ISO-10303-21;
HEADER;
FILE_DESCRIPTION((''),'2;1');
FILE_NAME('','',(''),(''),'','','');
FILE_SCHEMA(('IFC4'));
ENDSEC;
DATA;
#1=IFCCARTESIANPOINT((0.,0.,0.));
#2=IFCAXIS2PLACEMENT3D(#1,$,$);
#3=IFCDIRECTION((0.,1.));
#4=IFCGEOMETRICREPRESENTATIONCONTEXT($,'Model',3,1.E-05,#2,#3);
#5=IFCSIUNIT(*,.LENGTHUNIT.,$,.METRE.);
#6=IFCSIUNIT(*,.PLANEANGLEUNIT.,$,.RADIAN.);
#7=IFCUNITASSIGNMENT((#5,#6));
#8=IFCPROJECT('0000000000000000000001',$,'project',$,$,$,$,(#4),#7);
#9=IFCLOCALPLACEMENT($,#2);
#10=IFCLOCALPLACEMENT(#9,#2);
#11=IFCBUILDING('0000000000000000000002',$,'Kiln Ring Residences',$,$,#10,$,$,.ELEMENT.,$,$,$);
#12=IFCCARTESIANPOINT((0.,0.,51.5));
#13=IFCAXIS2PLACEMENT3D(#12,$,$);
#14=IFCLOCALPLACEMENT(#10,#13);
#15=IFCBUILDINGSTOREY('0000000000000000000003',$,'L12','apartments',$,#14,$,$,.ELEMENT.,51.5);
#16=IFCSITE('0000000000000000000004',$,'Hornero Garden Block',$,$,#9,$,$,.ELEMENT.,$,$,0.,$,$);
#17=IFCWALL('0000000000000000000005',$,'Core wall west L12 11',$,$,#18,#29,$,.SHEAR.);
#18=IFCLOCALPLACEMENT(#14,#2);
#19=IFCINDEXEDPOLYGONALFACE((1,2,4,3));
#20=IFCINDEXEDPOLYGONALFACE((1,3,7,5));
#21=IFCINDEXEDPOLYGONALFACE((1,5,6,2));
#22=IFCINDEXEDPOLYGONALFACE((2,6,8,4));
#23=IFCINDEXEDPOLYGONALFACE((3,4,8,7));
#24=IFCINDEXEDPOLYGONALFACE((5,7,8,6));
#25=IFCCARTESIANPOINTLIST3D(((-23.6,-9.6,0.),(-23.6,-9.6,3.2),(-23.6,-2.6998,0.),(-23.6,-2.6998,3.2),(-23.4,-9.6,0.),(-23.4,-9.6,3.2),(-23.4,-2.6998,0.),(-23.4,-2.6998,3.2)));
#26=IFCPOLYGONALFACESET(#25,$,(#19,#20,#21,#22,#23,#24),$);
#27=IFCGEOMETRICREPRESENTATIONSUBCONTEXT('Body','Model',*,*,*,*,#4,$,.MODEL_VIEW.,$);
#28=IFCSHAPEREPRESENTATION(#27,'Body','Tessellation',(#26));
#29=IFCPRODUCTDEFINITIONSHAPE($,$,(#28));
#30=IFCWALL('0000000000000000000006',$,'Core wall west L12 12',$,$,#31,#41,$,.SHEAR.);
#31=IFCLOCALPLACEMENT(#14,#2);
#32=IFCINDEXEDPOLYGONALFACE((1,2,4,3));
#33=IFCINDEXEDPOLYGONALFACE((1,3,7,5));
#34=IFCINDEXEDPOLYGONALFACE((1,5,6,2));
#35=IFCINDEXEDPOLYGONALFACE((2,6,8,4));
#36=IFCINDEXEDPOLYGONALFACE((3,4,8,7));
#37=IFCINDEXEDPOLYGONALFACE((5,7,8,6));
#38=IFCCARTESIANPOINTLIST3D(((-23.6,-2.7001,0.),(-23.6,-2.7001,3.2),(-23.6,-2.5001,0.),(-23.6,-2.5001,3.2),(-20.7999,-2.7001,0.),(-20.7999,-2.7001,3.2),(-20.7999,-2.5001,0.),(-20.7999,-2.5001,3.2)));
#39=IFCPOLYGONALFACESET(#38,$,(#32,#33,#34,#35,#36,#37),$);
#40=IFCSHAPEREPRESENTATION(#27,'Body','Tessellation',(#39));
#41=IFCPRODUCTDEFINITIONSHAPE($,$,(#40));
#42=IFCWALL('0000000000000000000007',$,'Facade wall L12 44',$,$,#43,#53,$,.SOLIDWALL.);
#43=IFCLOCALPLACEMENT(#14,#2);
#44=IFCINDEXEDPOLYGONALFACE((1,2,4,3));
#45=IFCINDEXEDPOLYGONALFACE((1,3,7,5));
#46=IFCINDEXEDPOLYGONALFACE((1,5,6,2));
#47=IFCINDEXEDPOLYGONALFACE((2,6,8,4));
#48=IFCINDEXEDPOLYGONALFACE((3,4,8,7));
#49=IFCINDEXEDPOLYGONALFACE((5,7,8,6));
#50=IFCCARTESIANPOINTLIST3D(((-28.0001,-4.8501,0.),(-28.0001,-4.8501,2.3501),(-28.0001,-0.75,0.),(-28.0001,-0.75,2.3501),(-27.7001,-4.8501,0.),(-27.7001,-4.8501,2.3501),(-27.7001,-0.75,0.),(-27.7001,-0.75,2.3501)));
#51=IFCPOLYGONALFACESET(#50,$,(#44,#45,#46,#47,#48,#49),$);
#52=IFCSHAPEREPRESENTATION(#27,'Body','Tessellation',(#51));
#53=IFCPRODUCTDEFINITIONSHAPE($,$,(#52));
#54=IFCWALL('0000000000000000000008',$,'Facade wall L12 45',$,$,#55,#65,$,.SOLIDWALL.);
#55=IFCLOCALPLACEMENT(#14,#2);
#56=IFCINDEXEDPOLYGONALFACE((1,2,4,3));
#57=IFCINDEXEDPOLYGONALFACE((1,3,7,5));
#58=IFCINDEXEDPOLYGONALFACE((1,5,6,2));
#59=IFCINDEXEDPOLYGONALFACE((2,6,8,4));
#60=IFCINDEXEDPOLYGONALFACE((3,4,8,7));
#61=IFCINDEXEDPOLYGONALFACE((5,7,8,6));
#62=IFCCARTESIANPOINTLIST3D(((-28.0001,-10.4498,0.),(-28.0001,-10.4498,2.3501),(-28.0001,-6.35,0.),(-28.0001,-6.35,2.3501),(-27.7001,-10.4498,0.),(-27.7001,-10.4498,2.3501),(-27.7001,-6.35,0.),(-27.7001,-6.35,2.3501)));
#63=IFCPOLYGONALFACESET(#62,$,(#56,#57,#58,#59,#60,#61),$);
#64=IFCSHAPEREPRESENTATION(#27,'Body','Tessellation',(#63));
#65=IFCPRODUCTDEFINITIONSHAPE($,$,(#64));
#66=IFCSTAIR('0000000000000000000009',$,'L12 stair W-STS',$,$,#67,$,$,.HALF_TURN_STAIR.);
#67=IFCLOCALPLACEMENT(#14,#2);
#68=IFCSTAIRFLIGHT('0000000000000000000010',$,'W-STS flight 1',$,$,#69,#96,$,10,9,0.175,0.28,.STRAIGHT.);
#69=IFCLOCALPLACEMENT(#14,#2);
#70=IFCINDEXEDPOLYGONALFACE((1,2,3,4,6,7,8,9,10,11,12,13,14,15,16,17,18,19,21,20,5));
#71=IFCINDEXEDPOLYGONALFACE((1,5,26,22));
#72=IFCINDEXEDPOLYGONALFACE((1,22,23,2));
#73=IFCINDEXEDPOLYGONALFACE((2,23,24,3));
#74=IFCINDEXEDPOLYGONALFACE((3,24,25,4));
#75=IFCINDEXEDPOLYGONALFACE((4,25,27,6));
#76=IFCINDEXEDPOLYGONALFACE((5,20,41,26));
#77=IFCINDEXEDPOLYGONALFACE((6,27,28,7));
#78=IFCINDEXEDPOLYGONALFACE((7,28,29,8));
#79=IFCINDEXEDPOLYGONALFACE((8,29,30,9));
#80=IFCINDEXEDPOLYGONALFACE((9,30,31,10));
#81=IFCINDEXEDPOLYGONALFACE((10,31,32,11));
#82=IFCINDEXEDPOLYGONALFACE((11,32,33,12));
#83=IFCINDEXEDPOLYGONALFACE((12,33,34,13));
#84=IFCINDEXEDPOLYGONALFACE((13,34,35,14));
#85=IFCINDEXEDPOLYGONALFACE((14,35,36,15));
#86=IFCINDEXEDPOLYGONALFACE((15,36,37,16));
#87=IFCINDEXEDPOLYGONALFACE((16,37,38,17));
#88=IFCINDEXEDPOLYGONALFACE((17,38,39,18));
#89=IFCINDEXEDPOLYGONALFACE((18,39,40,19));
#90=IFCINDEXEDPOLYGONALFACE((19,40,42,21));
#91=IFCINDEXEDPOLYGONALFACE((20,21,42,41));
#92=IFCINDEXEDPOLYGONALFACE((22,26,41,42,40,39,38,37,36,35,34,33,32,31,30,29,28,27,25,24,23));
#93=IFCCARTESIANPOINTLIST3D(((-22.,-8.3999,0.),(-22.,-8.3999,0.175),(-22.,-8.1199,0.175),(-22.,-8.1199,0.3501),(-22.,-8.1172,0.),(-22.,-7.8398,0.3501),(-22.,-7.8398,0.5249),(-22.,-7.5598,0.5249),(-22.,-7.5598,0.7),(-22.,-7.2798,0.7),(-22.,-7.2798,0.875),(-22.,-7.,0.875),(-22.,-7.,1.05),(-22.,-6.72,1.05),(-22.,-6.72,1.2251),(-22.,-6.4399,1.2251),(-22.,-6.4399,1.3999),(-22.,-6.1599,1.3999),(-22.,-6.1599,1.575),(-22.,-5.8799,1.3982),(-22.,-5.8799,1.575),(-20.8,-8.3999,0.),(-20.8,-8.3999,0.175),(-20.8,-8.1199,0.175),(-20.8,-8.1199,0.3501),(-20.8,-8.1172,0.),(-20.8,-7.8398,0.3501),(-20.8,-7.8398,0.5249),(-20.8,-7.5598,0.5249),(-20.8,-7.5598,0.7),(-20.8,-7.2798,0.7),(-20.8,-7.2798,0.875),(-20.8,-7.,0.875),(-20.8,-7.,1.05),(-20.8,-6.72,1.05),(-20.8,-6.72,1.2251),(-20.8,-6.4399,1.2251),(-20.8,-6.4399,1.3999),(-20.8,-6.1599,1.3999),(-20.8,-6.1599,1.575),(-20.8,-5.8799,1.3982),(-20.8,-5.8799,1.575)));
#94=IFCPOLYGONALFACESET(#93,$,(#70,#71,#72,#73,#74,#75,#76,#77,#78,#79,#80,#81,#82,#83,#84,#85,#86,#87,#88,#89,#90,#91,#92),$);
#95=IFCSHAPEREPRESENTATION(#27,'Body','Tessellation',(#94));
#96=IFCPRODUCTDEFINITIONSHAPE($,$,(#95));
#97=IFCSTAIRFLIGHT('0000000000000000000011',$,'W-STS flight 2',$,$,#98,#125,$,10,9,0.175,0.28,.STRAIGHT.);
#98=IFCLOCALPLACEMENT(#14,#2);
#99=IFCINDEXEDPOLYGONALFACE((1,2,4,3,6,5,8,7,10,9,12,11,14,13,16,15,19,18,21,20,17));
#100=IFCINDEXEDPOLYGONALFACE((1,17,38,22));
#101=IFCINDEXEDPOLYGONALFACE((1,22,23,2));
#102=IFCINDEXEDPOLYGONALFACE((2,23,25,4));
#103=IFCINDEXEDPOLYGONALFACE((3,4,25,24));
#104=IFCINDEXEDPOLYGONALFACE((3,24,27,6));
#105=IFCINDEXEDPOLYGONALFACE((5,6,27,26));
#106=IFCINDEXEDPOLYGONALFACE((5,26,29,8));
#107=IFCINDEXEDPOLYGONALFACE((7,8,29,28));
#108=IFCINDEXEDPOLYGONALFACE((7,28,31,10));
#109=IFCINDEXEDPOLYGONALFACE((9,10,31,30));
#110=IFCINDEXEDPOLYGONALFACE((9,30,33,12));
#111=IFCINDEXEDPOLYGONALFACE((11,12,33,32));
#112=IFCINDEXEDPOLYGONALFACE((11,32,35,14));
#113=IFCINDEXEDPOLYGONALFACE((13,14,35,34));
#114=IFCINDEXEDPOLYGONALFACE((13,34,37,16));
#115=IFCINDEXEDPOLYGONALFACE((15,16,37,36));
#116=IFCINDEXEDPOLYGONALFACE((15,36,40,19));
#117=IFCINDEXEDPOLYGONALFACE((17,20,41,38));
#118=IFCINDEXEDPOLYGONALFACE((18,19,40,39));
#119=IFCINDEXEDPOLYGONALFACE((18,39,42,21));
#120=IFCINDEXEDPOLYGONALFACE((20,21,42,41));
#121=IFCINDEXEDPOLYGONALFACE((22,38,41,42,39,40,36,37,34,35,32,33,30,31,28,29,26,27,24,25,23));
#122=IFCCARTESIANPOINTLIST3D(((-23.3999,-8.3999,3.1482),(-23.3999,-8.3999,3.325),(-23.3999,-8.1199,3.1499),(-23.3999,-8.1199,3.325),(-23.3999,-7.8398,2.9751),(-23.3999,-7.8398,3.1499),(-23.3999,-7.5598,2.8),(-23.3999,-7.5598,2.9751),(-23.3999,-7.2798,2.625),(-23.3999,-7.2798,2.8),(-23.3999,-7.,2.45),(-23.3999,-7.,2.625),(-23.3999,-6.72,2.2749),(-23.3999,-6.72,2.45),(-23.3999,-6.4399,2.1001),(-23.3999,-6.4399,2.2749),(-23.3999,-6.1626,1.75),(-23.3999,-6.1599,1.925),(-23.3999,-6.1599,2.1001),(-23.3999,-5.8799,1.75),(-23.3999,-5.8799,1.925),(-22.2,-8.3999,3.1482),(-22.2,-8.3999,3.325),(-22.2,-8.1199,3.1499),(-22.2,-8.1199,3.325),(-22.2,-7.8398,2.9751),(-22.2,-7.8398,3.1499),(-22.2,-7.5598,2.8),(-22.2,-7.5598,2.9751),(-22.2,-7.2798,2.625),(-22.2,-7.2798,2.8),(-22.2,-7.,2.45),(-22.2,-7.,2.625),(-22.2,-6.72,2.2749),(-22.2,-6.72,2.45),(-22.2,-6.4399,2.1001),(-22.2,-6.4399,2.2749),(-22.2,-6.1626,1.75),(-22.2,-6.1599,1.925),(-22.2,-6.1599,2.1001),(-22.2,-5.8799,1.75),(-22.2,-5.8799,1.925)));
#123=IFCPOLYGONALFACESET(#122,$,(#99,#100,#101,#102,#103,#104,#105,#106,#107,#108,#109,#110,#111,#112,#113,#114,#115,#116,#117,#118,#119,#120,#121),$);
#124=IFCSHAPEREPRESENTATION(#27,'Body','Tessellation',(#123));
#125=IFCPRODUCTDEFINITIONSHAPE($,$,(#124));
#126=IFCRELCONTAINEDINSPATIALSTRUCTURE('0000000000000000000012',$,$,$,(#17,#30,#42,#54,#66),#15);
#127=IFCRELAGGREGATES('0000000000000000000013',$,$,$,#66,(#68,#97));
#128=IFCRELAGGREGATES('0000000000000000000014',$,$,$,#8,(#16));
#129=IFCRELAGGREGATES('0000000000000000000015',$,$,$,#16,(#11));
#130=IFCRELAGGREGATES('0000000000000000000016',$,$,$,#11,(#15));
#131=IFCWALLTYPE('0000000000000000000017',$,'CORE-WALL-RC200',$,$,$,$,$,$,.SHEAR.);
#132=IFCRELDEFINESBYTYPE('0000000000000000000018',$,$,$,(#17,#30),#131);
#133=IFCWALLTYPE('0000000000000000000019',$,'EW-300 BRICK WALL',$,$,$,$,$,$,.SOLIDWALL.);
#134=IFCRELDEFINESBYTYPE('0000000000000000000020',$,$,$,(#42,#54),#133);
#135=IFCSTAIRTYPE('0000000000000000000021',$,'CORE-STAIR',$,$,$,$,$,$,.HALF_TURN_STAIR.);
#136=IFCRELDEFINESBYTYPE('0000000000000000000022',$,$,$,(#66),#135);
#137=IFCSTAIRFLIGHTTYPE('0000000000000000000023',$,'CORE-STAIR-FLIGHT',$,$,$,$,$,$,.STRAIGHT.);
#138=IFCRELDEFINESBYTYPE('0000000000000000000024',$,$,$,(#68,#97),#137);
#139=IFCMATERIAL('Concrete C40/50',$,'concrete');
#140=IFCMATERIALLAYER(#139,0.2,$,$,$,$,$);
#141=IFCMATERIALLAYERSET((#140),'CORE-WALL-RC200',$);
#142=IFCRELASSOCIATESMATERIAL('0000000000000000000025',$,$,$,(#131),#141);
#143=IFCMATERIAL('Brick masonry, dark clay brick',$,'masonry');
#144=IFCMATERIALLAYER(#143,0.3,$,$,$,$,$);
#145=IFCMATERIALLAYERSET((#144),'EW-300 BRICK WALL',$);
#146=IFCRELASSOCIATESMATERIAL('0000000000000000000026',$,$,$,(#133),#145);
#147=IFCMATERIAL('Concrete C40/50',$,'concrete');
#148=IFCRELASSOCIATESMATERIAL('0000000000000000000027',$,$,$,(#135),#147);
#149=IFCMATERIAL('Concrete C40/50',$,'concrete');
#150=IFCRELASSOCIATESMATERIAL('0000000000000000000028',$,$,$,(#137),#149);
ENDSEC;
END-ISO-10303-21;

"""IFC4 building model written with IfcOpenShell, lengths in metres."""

from ifc_helpers import new_model, si_unit, direction, frame, frame_2d, origin, place, context, subcontext, project, spatial, polyline, rectangle, outline, extrude, material, layer, layer_set, type_object, element, aggregate, save


model = new_model("IFC4")

# Units and contexts
model_context = context("Model", 3, precision=1e-05, world=origin(), true_north=direction((0.0, 1.0)))
body_context = subcontext(model_context, "Body", "Model", "MODEL_VIEW")
ifc_project = project(units=[si_unit("LENGTHUNIT", "METRE"), si_unit("PLANEANGLEUNIT", "RADIAN")], contexts=[model_context])

# Site, building, storey
site_placement = place(None, origin())
site = spatial("IfcSite", under=ifc_project, at=site_placement, Name="Hornero Garden Block", CompositionType="ELEMENT", RefElevation=0.0)
building_placement = place(site_placement, origin())
building = spatial("IfcBuilding", under=site, at=building_placement, Name="Kiln Ring Residences", CompositionType="ELEMENT")
storey_placement = place(building_placement, frame((0.0, 0.0, 51.5)))
storey = spatial("IfcBuildingStorey", under=building, at=storey_placement, Name="L12", Description="apartments", CompositionType="ELEMENT", Elevation=51.5)

# Shared definitions
ifc_material_1 = material(Name="Concrete C40/50", Category="concrete")
ifc_layer_1 = layer(ifc_material_1, 0.2)
ifc_layer_set_1 = layer_set([ifc_layer_1], Name="CORE-WALL-RC200")
wall_type_1 = type_object("IfcWallType", Name="CORE-WALL-RC200", PredefinedType="SHEAR", material=ifc_layer_set_1)

# Walls
wall_1_placement = place(storey_placement, frame((-23.5, -9.6001, 0.0), z_axis=(0.0, 0.0, 1.0), x_axis=(0.0, 1.0, 0.0)))
element("IfcWall", 1, at=wall_1_placement, inside=storey, type_object=wall_type_1, Name="Core wall west L12 11", PredefinedType="SHEAR", context=body_context, shape_type="SweptSolid", body=[
    extrude(rectangle(XDim=6.9001, YDim=0.2, at=frame_2d((3.4502, 0.0))), origin(), (0.0, 0.0, 1.0), 3.2),
])
wall_2_placement = place(storey_placement, frame((-20.8, -2.6001, 0.0), z_axis=(0.0, 0.0, 1.0), x_axis=(-1.0, 0.0, 0.0)))
element("IfcWall", 2, at=wall_2_placement, inside=storey, type_object=wall_type_1, Name="Core wall west L12 12", PredefinedType="SHEAR", context=body_context, shape_type="SweptSolid", body=[
    extrude(rectangle(XDim=2.8, YDim=0.2, at=frame_2d((1.3999, 0.0))), origin(), (0.0, 0.0, 1.0), 3.2),
])
ifc_material_2 = material(Name="Brick masonry, dark clay brick", Category="masonry")
ifc_layer_2 = layer(ifc_material_2, 0.3)
ifc_layer_set_2 = layer_set([ifc_layer_2], Name="EW-300 BRICK WALL")
wall_type_2 = type_object("IfcWallType", Name="EW-300 BRICK WALL", PredefinedType="SOLIDWALL", material=ifc_layer_set_2)
wall_3_placement = place(storey_placement, frame((-27.8501, -0.75, 0.0), z_axis=(0.0, 0.0, 1.0), x_axis=(0.0, -1.0, 0.0)))
element("IfcWall", 3, at=wall_3_placement, inside=storey, type_object=wall_type_2, Name="Facade wall L12 44", PredefinedType="SOLIDWALL", context=body_context, shape_type="SweptSolid", body=[
    extrude(rectangle(XDim=4.1001, YDim=0.3, at=frame_2d((2.05, 0.0))), origin(), (0.0, 0.0, 1.0), 2.3501),
])
wall_4_placement = place(storey_placement, frame((-27.8501, -6.3501, 0.0), z_axis=(0.0, 0.0, 1.0), x_axis=(0.0, -1.0, 0.0)))
element("IfcWall", 4, at=wall_4_placement, inside=storey, type_object=wall_type_2, Name="Facade wall L12 45", PredefinedType="SOLIDWALL", context=body_context, shape_type="SweptSolid", body=[
    extrude(rectangle(XDim=4.0999, YDim=0.3, at=frame_2d((2.0498, 0.0))), origin(), (0.0, 0.0, 1.0), 2.3501),
])

# Stair, stair flights
ifc_material_3 = material(Name="Concrete C40/50", Category="concrete")
stair_type = type_object("IfcStairType", Name="CORE-STAIR", PredefinedType="HALF_TURN_STAIR", material=ifc_material_3)
stair_placement = place(storey_placement, origin())
stair = element("IfcStair", 5, at=stair_placement, inside=storey, type_object=stair_type, Name="L12 stair W-STS", PredefinedType="HALF_TURN_STAIR")
ifc_material_4 = material(Name="Concrete C40/50", Category="concrete")
stair_flight_type = type_object("IfcStairFlightType", Name="CORE-STAIR-FLIGHT", PredefinedType="STRAIGHT", material=ifc_material_4)
stair_flight_1_placement = place(storey_placement, frame((-21.3999, -8.3999, 0.0), z_axis=(0.0, 0.0, 1.0), x_axis=(0.0, 1.0, 0.0)))
stair_flight_1 = element("IfcStairFlight", 6, at=stair_flight_1_placement, type_object=stair_flight_type, Name="W-STS flight 1", NumberOfRisers=10, NumberOfTreads=9, PredefinedType="STRAIGHT", RiserHeight=0.175, TreadLength=0.28, context=body_context, shape_type="SweptSolid", body=[
    extrude(outline(polyline([(0.0, 0.0), (0.0, 0.175), (0.28, 0.175), (0.28, 0.3501), (0.5601, 0.3501), (0.5601, 0.5249), (0.8401, 0.5249), (0.8401, 0.7), (1.1201, 0.7), (1.1201, 0.875), (1.3999, 0.875), (1.3999, 1.05), (1.6799, 1.05), (1.6799, 1.2251), (1.96, 1.2251), (1.96, 1.3999), (2.24, 1.3999), (2.24, 1.575), (2.52, 1.575), (2.52, 1.75), (2.52, 1.3982), (0.2827, 0.0), (0.0, 0.0)])), frame((0.0, 0.6001, 0.0), z_axis=(0.0, -1.0, 0.0), x_axis=(1.0, 0.0, 0.0)), (0.0, 0.0, 1.0), 1.2),
])
stair_flight_2_placement = place(storey_placement, frame((-22.8, -5.8799, 1.75), z_axis=(0.0, 0.0, 1.0), x_axis=(0.0, -1.0, 0.0)))
stair_flight_2 = element("IfcStairFlight", 7, at=stair_flight_2_placement, type_object=stair_flight_type, Name="W-STS flight 2", NumberOfRisers=10, NumberOfTreads=9, PredefinedType="STRAIGHT", RiserHeight=0.175, TreadLength=0.28, context=body_context, shape_type="SweptSolid", body=[
    extrude(outline(polyline([(0.0, 0.0), (0.0, 0.175), (0.28, 0.175), (0.28, 0.3501), (0.5601, 0.3501), (0.5601, 0.5249), (0.8401, 0.5249), (0.8401, 0.7), (1.1201, 0.7), (1.1201, 0.875), (1.3999, 0.875), (1.3999, 1.05), (1.6799, 1.05), (1.6799, 1.2251), (1.96, 1.2251), (1.96, 1.3999), (2.24, 1.3999), (2.24, 1.575), (2.52, 1.575), (2.52, 1.75), (2.52, 1.3982), (0.2827, 0.0), (0.0, 0.0)])), frame((0.0, 0.6001, 0.0), z_axis=(0.0, -1.0, 0.0), x_axis=(1.0, 0.0, 0.0)), (0.0, 0.0, 1.0), 1.2),
])
aggregate(stair, [stair_flight_1, stair_flight_2])

save(model, "model.ifc")
